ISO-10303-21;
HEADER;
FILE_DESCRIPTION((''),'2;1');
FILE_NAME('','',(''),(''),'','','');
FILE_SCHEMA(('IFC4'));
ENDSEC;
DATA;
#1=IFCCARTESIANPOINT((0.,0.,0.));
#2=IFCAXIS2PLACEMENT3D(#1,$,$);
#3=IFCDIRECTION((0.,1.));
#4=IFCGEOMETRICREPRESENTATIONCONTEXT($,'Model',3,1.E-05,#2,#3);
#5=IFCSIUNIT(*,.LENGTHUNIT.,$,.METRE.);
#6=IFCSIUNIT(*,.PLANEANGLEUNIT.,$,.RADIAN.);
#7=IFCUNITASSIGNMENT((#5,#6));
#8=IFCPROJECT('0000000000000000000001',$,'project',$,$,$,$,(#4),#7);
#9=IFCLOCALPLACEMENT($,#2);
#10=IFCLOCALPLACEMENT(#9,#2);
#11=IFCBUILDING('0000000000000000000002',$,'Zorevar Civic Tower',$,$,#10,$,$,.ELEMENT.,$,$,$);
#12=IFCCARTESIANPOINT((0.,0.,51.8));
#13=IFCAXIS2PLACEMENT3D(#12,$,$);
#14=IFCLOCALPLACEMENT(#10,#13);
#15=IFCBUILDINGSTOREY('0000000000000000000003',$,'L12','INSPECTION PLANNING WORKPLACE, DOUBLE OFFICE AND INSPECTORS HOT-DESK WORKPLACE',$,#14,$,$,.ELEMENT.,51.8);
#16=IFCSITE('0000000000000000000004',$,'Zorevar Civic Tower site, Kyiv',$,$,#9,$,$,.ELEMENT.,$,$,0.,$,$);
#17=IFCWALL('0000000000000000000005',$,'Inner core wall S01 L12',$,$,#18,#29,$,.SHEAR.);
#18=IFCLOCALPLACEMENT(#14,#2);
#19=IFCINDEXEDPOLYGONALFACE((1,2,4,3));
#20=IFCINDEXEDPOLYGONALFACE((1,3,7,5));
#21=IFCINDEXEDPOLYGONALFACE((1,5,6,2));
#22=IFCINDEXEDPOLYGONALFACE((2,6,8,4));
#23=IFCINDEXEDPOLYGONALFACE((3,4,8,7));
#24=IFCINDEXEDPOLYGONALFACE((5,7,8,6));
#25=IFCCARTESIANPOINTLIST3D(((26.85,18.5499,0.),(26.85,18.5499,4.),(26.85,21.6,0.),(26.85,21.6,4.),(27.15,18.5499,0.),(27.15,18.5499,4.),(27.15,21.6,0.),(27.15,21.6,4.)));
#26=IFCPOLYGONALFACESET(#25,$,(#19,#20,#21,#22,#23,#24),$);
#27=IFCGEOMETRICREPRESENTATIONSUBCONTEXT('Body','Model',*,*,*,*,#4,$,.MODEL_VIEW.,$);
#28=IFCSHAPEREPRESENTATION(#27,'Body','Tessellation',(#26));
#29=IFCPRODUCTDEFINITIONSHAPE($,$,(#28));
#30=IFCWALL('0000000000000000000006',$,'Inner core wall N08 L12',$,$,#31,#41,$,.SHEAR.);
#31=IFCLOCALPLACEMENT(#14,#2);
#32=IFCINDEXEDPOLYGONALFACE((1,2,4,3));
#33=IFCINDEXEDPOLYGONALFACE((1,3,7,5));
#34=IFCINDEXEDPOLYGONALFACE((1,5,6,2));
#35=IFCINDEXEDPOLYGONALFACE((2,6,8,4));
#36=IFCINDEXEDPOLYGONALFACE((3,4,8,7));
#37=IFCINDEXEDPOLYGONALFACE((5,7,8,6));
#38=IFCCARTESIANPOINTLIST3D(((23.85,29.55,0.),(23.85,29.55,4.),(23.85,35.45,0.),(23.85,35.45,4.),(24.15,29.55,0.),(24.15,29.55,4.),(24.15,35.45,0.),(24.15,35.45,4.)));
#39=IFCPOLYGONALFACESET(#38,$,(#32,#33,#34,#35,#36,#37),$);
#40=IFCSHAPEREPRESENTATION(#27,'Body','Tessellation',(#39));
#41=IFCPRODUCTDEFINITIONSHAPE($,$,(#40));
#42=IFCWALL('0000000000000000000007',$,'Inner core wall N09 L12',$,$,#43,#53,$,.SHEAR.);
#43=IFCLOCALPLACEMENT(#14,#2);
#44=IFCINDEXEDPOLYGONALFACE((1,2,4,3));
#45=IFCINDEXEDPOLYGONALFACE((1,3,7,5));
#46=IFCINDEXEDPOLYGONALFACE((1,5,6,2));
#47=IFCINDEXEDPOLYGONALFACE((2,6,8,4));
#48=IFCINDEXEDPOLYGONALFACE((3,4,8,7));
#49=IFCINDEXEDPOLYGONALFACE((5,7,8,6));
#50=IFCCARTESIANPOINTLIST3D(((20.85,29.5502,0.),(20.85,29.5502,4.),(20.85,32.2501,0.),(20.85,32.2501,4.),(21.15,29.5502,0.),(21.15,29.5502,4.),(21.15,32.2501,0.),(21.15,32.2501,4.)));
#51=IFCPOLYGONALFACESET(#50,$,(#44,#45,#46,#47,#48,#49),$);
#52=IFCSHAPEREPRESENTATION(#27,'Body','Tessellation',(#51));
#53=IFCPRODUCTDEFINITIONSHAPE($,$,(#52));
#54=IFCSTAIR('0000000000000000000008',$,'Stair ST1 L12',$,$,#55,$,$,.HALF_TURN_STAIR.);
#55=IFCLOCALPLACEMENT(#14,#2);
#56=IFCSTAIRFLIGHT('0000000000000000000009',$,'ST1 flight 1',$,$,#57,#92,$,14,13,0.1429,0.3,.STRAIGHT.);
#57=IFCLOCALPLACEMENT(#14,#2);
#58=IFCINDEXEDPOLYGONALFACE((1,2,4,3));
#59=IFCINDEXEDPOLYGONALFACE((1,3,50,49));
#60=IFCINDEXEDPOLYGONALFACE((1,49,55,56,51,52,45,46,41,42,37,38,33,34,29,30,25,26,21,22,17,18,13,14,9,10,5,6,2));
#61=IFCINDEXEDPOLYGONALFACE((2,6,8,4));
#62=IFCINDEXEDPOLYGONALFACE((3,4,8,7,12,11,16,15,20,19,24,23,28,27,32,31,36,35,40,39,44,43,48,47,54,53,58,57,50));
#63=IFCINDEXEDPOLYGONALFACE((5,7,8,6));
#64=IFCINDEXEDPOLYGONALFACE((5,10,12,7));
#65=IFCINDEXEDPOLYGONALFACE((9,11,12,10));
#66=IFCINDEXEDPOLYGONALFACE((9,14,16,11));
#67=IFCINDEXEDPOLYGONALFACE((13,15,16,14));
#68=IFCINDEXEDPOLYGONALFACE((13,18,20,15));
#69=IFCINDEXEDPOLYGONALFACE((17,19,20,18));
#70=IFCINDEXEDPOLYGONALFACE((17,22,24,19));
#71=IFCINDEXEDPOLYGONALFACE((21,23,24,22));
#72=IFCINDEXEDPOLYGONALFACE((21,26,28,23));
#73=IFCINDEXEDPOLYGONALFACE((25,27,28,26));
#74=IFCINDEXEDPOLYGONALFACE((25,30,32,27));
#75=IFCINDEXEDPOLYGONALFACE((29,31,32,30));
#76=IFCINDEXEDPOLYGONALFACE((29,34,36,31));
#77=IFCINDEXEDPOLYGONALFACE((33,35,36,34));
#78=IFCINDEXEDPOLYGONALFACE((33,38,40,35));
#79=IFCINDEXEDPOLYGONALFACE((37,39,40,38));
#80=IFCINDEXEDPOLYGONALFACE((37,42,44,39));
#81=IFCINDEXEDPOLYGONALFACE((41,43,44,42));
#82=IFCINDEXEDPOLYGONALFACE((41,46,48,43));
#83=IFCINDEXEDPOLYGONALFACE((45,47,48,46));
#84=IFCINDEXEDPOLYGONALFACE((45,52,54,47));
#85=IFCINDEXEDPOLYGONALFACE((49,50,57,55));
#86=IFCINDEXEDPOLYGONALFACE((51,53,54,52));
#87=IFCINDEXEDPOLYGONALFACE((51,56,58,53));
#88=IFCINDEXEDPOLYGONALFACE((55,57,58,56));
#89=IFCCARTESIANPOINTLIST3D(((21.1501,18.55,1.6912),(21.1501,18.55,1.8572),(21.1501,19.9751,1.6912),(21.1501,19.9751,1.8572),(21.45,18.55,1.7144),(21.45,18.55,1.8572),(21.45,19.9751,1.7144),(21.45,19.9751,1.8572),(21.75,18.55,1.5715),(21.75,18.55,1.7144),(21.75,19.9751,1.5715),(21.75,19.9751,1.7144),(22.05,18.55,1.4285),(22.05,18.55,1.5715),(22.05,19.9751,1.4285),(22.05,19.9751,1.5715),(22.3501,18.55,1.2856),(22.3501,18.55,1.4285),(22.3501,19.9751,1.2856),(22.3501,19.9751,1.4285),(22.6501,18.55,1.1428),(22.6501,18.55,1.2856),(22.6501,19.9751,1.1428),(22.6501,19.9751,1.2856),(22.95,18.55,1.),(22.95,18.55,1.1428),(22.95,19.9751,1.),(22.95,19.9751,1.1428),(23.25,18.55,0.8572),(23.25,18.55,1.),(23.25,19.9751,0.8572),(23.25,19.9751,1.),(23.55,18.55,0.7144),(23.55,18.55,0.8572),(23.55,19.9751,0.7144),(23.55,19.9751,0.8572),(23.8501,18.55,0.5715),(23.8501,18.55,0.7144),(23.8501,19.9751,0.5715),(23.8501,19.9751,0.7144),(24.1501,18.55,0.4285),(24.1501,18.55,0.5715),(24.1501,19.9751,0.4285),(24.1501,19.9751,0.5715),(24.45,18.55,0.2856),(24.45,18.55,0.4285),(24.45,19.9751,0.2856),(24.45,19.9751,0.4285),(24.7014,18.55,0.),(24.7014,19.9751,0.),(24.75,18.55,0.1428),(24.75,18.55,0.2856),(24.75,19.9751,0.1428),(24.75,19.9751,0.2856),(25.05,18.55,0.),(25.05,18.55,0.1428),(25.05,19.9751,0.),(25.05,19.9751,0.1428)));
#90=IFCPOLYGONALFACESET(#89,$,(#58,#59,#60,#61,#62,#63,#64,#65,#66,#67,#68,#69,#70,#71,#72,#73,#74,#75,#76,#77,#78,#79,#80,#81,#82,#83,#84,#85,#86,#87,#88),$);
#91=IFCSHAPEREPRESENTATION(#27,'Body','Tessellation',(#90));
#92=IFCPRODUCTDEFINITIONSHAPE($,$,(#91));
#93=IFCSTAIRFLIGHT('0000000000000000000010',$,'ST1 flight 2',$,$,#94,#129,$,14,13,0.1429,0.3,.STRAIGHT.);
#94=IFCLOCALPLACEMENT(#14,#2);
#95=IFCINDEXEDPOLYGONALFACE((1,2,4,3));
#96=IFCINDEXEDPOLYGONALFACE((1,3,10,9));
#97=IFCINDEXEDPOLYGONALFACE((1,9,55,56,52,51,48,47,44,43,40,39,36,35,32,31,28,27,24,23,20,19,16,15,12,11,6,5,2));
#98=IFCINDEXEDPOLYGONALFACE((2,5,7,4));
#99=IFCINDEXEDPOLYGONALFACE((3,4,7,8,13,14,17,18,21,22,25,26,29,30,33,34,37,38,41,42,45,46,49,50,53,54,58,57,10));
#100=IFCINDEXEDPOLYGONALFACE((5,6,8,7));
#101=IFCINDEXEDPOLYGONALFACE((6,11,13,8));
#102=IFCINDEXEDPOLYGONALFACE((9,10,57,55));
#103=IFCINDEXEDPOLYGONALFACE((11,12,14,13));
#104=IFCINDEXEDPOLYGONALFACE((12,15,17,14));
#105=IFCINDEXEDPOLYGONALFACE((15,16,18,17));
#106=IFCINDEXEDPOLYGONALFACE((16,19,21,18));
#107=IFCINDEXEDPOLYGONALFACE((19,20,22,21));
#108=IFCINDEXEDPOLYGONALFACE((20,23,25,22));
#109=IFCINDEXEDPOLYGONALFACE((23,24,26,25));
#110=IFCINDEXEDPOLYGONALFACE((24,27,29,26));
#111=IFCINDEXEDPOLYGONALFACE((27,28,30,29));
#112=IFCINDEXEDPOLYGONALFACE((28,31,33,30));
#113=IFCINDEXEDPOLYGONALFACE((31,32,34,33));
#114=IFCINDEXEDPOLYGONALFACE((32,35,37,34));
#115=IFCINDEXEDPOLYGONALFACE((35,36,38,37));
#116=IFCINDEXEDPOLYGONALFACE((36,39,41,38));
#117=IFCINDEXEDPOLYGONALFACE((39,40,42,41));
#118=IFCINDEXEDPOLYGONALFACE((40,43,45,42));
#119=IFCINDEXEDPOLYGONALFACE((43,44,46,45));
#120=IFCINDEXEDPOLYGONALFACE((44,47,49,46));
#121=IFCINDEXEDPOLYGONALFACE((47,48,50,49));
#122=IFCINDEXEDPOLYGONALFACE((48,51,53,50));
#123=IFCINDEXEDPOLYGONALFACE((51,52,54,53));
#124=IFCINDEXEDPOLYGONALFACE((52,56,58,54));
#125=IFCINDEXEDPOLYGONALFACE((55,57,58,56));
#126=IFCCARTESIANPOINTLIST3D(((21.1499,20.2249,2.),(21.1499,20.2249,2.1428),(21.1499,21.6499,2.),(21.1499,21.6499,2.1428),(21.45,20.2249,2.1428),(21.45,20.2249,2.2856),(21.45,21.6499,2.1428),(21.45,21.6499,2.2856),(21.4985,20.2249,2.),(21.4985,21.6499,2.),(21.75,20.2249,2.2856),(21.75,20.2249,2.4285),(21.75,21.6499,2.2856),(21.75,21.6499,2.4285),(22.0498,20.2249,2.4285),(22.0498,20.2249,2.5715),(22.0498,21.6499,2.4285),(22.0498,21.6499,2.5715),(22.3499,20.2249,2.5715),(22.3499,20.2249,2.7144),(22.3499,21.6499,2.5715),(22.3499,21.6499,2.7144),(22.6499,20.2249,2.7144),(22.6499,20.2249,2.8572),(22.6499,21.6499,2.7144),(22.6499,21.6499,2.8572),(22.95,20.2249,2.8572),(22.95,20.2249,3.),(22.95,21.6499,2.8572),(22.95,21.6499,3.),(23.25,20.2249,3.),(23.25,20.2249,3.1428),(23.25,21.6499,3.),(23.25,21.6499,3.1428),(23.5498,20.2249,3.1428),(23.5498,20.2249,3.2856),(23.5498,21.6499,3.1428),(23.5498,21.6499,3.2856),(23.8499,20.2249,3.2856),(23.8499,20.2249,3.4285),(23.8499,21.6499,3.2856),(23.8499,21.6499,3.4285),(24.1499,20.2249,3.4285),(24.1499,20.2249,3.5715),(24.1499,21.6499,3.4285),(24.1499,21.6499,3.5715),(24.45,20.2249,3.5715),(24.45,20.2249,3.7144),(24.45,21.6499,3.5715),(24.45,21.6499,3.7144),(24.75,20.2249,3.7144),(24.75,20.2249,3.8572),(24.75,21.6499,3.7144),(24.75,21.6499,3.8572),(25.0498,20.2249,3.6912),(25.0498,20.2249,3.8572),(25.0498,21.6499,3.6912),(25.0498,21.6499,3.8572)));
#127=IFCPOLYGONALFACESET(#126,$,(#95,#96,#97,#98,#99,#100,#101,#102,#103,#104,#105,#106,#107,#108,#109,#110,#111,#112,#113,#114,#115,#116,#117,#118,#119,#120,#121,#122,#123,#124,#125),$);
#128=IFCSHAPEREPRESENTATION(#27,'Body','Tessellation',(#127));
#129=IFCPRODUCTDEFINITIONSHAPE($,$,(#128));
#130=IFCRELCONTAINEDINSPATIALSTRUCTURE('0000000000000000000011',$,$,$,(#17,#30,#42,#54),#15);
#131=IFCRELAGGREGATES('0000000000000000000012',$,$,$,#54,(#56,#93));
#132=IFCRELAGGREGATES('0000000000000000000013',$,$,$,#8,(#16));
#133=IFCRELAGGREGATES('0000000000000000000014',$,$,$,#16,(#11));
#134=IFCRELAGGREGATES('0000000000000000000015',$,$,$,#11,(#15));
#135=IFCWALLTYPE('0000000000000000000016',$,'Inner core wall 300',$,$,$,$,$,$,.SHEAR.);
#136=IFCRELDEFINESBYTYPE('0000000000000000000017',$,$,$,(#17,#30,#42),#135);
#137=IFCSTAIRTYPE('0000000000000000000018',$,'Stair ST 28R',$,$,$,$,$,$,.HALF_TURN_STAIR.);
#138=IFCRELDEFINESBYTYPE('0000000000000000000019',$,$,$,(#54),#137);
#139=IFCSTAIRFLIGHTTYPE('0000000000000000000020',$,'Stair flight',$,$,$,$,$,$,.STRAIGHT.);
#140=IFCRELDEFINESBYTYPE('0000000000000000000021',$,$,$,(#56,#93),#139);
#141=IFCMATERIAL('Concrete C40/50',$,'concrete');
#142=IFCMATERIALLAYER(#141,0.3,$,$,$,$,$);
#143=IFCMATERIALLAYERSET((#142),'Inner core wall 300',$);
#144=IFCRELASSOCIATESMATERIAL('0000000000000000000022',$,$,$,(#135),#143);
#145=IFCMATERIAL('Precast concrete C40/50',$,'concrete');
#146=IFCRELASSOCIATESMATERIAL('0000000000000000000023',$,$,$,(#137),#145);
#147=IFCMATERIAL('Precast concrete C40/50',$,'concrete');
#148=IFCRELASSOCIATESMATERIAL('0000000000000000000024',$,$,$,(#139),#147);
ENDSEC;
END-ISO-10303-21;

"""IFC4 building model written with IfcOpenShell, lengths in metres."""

from ifc_helpers import new_model, si_unit, direction, frame, frame_2d, origin, place, context, subcontext, project, spatial, polyline, rectangle, outline, extrude, material, layer, layer_set, type_object, element, aggregate, save


model = new_model("IFC4")

# Units and contexts
model_context = context("Model", 3, precision=1e-05, world=origin(), true_north=direction((0.0, 1.0)))
body_context = subcontext(model_context, "Body", "Model", "MODEL_VIEW")
ifc_project = project(units=[si_unit("LENGTHUNIT", "METRE"), si_unit("PLANEANGLEUNIT", "RADIAN")], contexts=[model_context])

# Site, building, storey
site_placement = place(None, origin())
site = spatial("IfcSite", under=ifc_project, at=site_placement, Name="Zorevar Civic Tower site, Kyiv", CompositionType="ELEMENT", RefElevation=0.0)
building_placement = place(site_placement, origin())
building = spatial("IfcBuilding", under=site, at=building_placement, Name="Zorevar Civic Tower", CompositionType="ELEMENT")
storey_placement = place(building_placement, frame((0.0, 0.0, 51.8)))
storey = spatial("IfcBuildingStorey", under=building, at=storey_placement, Name="L12", Description="INSPECTION PLANNING WORKPLACE, DOUBLE OFFICE AND INSPECTORS HOT-DESK WORKPLACE", CompositionType="ELEMENT", Elevation=51.8)

# Wall
ifc_material_1 = material(Name="Concrete C40/50", Category="concrete")
ifc_layer = layer(ifc_material_1, 0.3)
ifc_layer_set = layer_set([ifc_layer], Name="Inner core wall 300")
wall_type = type_object("IfcWallType", Name="Inner core wall 300", PredefinedType="SHEAR", material=ifc_layer_set)
wall_1_placement = place(storey_placement, frame((27.0, 18.55, 0.0), z_axis=(0.0, 0.0, 1.0), x_axis=(0.0, 1.0, 0.0)))
element("IfcWall", 1, at=wall_1_placement, inside=storey, type_object=wall_type, Name="Inner core wall S01 L12", PredefinedType="SHEAR", context=body_context, shape_type="SweptSolid", body=[
    extrude(rectangle(XDim=3.05, YDim=0.3, at=frame_2d((1.5249, 0.0))), origin(), (0.0, 0.0, 1.0), 4.0),
])

# Walls
wall_2_placement = place(storey_placement, frame((24.0, 29.55, 0.0), z_axis=(0.0, 0.0, 1.0), x_axis=(0.0, 1.0, 0.0)))
element("IfcWall", 2, at=wall_2_placement, inside=storey, type_object=wall_type, Name="Inner core wall N08 L12", PredefinedType="SHEAR", context=body_context, shape_type="SweptSolid", body=[
    extrude(rectangle(XDim=5.8999, YDim=0.3, at=frame_2d((2.95, 0.0))), origin(), (0.0, 0.0, 1.0), 4.0),
])
wall_3_placement = place(storey_placement, frame((21.0, 29.55, 0.0), z_axis=(0.0, 0.0, 1.0), x_axis=(0.0, 1.0, 0.0)))
element("IfcWall", 3, at=wall_3_placement, inside=storey, type_object=wall_type, Name="Inner core wall N09 L12", PredefinedType="SHEAR", context=body_context, shape_type="SweptSolid", body=[
    extrude(rectangle(XDim=2.7, YDim=0.3, at=frame_2d((1.3501, 0.0))), origin(), (0.0, 0.0, 1.0), 4.0),
])

# Stair, stair flights
ifc_material_2 = material(Name="Precast concrete C40/50", Category="concrete")
stair_type = type_object("IfcStairType", Name="Stair ST 28R", PredefinedType="HALF_TURN_STAIR", material=ifc_material_2)
stair_placement = place(storey_placement, origin())
stair = element("IfcStair", 4, at=stair_placement, inside=storey, type_object=stair_type, Name="Stair ST1 L12", PredefinedType="HALF_TURN_STAIR")
ifc_material_3 = material(Name="Precast concrete C40/50", Category="concrete")
stair_flight_type = type_object("IfcStairFlightType", Name="Stair flight", PredefinedType="STRAIGHT", material=ifc_material_3)
stair_flight_1_placement = place(storey_placement, frame((25.05, 19.2625, 0.0), z_axis=(0.0, 0.0, 1.0), x_axis=(-1.0, 0.0, 0.0)))
stair_flight_1 = element("IfcStairFlight", 5, at=stair_flight_1_placement, type_object=stair_flight_type, Name="ST1 flight 1", NumberOfRisers=14, NumberOfTreads=13, PredefinedType="STRAIGHT", RiserHeight=0.1429, TreadLength=0.3, context=body_context, shape_type="SweptSolid", body=[
    extrude(outline(polyline([(0.0, 0.0), (0.0, 0.1428), (0.3, 0.1428), (0.3, 0.2856), (0.6001, 0.2856), (0.6001, 0.4285), (0.8999, 0.4285), (0.8999, 0.5715), (1.2, 0.5715), (1.2, 0.7144), (1.5, 0.7144), (1.5, 0.8572), (1.8, 0.8572), (1.8, 1.0), (2.1001, 1.0), (2.1001, 1.1428), (2.3999, 1.1428), (2.3999, 1.2856), (2.7, 1.2856), (2.7, 1.4285), (3.0, 1.4285), (3.0, 1.5715), (3.3, 1.5715), (3.3, 1.7144), (3.6001, 1.7144), (3.6001, 1.8572), (3.8999, 1.8572), (3.8999, 2.0), (3.8999, 1.6912), (0.3486, 0.0), (0.0, 0.0)])), frame((0.0, 0.7124, 0.0), z_axis=(0.0, -1.0, 0.0), x_axis=(1.0, 0.0, 0.0)), (0.0, 0.0, 1.0), 1.425),
])
stair_flight_2_placement = place(storey_placement, frame((21.1499, 20.9375, 2.0), z_axis=(0.0, 0.0, 1.0), x_axis=(1.0, 0.0, 0.0)))
stair_flight_2 = element("IfcStairFlight", 6, at=stair_flight_2_placement, type_object=stair_flight_type, Name="ST1 flight 2", NumberOfRisers=14, NumberOfTreads=13, PredefinedType="STRAIGHT", RiserHeight=0.1429, TreadLength=0.3, context=body_context, shape_type="SweptSolid", body=[
    extrude(outline(polyline([(0.0, 0.0), (0.0, 0.1428), (0.3, 0.1428), (0.3, 0.2856), (0.6001, 0.2856), (0.6001, 0.4285), (0.8999, 0.4285), (0.8999, 0.5715), (1.2, 0.5715), (1.2, 0.7144), (1.5, 0.7144), (1.5, 0.8572), (1.8, 0.8572), (1.8, 1.0), (2.1001, 1.0), (2.1001, 1.1428), (2.3999, 1.1428), (2.3999, 1.2856), (2.7, 1.2856), (2.7, 1.4285), (3.0, 1.4285), (3.0, 1.5715), (3.3, 1.5715), (3.3, 1.7144), (3.6001, 1.7144), (3.6001, 1.8572), (3.8999, 1.8572), (3.8999, 2.0), (3.8999, 1.6912), (0.3486, 0.0), (0.0, 0.0)])), frame((0.0, 0.7124, 0.0), z_axis=(0.0, -1.0, 0.0), x_axis=(1.0, 0.0, 0.0)), (0.0, 0.0, 1.0), 1.425),
])
aggregate(stair, [stair_flight_1, stair_flight_2])

save(model, "model.ifc")
